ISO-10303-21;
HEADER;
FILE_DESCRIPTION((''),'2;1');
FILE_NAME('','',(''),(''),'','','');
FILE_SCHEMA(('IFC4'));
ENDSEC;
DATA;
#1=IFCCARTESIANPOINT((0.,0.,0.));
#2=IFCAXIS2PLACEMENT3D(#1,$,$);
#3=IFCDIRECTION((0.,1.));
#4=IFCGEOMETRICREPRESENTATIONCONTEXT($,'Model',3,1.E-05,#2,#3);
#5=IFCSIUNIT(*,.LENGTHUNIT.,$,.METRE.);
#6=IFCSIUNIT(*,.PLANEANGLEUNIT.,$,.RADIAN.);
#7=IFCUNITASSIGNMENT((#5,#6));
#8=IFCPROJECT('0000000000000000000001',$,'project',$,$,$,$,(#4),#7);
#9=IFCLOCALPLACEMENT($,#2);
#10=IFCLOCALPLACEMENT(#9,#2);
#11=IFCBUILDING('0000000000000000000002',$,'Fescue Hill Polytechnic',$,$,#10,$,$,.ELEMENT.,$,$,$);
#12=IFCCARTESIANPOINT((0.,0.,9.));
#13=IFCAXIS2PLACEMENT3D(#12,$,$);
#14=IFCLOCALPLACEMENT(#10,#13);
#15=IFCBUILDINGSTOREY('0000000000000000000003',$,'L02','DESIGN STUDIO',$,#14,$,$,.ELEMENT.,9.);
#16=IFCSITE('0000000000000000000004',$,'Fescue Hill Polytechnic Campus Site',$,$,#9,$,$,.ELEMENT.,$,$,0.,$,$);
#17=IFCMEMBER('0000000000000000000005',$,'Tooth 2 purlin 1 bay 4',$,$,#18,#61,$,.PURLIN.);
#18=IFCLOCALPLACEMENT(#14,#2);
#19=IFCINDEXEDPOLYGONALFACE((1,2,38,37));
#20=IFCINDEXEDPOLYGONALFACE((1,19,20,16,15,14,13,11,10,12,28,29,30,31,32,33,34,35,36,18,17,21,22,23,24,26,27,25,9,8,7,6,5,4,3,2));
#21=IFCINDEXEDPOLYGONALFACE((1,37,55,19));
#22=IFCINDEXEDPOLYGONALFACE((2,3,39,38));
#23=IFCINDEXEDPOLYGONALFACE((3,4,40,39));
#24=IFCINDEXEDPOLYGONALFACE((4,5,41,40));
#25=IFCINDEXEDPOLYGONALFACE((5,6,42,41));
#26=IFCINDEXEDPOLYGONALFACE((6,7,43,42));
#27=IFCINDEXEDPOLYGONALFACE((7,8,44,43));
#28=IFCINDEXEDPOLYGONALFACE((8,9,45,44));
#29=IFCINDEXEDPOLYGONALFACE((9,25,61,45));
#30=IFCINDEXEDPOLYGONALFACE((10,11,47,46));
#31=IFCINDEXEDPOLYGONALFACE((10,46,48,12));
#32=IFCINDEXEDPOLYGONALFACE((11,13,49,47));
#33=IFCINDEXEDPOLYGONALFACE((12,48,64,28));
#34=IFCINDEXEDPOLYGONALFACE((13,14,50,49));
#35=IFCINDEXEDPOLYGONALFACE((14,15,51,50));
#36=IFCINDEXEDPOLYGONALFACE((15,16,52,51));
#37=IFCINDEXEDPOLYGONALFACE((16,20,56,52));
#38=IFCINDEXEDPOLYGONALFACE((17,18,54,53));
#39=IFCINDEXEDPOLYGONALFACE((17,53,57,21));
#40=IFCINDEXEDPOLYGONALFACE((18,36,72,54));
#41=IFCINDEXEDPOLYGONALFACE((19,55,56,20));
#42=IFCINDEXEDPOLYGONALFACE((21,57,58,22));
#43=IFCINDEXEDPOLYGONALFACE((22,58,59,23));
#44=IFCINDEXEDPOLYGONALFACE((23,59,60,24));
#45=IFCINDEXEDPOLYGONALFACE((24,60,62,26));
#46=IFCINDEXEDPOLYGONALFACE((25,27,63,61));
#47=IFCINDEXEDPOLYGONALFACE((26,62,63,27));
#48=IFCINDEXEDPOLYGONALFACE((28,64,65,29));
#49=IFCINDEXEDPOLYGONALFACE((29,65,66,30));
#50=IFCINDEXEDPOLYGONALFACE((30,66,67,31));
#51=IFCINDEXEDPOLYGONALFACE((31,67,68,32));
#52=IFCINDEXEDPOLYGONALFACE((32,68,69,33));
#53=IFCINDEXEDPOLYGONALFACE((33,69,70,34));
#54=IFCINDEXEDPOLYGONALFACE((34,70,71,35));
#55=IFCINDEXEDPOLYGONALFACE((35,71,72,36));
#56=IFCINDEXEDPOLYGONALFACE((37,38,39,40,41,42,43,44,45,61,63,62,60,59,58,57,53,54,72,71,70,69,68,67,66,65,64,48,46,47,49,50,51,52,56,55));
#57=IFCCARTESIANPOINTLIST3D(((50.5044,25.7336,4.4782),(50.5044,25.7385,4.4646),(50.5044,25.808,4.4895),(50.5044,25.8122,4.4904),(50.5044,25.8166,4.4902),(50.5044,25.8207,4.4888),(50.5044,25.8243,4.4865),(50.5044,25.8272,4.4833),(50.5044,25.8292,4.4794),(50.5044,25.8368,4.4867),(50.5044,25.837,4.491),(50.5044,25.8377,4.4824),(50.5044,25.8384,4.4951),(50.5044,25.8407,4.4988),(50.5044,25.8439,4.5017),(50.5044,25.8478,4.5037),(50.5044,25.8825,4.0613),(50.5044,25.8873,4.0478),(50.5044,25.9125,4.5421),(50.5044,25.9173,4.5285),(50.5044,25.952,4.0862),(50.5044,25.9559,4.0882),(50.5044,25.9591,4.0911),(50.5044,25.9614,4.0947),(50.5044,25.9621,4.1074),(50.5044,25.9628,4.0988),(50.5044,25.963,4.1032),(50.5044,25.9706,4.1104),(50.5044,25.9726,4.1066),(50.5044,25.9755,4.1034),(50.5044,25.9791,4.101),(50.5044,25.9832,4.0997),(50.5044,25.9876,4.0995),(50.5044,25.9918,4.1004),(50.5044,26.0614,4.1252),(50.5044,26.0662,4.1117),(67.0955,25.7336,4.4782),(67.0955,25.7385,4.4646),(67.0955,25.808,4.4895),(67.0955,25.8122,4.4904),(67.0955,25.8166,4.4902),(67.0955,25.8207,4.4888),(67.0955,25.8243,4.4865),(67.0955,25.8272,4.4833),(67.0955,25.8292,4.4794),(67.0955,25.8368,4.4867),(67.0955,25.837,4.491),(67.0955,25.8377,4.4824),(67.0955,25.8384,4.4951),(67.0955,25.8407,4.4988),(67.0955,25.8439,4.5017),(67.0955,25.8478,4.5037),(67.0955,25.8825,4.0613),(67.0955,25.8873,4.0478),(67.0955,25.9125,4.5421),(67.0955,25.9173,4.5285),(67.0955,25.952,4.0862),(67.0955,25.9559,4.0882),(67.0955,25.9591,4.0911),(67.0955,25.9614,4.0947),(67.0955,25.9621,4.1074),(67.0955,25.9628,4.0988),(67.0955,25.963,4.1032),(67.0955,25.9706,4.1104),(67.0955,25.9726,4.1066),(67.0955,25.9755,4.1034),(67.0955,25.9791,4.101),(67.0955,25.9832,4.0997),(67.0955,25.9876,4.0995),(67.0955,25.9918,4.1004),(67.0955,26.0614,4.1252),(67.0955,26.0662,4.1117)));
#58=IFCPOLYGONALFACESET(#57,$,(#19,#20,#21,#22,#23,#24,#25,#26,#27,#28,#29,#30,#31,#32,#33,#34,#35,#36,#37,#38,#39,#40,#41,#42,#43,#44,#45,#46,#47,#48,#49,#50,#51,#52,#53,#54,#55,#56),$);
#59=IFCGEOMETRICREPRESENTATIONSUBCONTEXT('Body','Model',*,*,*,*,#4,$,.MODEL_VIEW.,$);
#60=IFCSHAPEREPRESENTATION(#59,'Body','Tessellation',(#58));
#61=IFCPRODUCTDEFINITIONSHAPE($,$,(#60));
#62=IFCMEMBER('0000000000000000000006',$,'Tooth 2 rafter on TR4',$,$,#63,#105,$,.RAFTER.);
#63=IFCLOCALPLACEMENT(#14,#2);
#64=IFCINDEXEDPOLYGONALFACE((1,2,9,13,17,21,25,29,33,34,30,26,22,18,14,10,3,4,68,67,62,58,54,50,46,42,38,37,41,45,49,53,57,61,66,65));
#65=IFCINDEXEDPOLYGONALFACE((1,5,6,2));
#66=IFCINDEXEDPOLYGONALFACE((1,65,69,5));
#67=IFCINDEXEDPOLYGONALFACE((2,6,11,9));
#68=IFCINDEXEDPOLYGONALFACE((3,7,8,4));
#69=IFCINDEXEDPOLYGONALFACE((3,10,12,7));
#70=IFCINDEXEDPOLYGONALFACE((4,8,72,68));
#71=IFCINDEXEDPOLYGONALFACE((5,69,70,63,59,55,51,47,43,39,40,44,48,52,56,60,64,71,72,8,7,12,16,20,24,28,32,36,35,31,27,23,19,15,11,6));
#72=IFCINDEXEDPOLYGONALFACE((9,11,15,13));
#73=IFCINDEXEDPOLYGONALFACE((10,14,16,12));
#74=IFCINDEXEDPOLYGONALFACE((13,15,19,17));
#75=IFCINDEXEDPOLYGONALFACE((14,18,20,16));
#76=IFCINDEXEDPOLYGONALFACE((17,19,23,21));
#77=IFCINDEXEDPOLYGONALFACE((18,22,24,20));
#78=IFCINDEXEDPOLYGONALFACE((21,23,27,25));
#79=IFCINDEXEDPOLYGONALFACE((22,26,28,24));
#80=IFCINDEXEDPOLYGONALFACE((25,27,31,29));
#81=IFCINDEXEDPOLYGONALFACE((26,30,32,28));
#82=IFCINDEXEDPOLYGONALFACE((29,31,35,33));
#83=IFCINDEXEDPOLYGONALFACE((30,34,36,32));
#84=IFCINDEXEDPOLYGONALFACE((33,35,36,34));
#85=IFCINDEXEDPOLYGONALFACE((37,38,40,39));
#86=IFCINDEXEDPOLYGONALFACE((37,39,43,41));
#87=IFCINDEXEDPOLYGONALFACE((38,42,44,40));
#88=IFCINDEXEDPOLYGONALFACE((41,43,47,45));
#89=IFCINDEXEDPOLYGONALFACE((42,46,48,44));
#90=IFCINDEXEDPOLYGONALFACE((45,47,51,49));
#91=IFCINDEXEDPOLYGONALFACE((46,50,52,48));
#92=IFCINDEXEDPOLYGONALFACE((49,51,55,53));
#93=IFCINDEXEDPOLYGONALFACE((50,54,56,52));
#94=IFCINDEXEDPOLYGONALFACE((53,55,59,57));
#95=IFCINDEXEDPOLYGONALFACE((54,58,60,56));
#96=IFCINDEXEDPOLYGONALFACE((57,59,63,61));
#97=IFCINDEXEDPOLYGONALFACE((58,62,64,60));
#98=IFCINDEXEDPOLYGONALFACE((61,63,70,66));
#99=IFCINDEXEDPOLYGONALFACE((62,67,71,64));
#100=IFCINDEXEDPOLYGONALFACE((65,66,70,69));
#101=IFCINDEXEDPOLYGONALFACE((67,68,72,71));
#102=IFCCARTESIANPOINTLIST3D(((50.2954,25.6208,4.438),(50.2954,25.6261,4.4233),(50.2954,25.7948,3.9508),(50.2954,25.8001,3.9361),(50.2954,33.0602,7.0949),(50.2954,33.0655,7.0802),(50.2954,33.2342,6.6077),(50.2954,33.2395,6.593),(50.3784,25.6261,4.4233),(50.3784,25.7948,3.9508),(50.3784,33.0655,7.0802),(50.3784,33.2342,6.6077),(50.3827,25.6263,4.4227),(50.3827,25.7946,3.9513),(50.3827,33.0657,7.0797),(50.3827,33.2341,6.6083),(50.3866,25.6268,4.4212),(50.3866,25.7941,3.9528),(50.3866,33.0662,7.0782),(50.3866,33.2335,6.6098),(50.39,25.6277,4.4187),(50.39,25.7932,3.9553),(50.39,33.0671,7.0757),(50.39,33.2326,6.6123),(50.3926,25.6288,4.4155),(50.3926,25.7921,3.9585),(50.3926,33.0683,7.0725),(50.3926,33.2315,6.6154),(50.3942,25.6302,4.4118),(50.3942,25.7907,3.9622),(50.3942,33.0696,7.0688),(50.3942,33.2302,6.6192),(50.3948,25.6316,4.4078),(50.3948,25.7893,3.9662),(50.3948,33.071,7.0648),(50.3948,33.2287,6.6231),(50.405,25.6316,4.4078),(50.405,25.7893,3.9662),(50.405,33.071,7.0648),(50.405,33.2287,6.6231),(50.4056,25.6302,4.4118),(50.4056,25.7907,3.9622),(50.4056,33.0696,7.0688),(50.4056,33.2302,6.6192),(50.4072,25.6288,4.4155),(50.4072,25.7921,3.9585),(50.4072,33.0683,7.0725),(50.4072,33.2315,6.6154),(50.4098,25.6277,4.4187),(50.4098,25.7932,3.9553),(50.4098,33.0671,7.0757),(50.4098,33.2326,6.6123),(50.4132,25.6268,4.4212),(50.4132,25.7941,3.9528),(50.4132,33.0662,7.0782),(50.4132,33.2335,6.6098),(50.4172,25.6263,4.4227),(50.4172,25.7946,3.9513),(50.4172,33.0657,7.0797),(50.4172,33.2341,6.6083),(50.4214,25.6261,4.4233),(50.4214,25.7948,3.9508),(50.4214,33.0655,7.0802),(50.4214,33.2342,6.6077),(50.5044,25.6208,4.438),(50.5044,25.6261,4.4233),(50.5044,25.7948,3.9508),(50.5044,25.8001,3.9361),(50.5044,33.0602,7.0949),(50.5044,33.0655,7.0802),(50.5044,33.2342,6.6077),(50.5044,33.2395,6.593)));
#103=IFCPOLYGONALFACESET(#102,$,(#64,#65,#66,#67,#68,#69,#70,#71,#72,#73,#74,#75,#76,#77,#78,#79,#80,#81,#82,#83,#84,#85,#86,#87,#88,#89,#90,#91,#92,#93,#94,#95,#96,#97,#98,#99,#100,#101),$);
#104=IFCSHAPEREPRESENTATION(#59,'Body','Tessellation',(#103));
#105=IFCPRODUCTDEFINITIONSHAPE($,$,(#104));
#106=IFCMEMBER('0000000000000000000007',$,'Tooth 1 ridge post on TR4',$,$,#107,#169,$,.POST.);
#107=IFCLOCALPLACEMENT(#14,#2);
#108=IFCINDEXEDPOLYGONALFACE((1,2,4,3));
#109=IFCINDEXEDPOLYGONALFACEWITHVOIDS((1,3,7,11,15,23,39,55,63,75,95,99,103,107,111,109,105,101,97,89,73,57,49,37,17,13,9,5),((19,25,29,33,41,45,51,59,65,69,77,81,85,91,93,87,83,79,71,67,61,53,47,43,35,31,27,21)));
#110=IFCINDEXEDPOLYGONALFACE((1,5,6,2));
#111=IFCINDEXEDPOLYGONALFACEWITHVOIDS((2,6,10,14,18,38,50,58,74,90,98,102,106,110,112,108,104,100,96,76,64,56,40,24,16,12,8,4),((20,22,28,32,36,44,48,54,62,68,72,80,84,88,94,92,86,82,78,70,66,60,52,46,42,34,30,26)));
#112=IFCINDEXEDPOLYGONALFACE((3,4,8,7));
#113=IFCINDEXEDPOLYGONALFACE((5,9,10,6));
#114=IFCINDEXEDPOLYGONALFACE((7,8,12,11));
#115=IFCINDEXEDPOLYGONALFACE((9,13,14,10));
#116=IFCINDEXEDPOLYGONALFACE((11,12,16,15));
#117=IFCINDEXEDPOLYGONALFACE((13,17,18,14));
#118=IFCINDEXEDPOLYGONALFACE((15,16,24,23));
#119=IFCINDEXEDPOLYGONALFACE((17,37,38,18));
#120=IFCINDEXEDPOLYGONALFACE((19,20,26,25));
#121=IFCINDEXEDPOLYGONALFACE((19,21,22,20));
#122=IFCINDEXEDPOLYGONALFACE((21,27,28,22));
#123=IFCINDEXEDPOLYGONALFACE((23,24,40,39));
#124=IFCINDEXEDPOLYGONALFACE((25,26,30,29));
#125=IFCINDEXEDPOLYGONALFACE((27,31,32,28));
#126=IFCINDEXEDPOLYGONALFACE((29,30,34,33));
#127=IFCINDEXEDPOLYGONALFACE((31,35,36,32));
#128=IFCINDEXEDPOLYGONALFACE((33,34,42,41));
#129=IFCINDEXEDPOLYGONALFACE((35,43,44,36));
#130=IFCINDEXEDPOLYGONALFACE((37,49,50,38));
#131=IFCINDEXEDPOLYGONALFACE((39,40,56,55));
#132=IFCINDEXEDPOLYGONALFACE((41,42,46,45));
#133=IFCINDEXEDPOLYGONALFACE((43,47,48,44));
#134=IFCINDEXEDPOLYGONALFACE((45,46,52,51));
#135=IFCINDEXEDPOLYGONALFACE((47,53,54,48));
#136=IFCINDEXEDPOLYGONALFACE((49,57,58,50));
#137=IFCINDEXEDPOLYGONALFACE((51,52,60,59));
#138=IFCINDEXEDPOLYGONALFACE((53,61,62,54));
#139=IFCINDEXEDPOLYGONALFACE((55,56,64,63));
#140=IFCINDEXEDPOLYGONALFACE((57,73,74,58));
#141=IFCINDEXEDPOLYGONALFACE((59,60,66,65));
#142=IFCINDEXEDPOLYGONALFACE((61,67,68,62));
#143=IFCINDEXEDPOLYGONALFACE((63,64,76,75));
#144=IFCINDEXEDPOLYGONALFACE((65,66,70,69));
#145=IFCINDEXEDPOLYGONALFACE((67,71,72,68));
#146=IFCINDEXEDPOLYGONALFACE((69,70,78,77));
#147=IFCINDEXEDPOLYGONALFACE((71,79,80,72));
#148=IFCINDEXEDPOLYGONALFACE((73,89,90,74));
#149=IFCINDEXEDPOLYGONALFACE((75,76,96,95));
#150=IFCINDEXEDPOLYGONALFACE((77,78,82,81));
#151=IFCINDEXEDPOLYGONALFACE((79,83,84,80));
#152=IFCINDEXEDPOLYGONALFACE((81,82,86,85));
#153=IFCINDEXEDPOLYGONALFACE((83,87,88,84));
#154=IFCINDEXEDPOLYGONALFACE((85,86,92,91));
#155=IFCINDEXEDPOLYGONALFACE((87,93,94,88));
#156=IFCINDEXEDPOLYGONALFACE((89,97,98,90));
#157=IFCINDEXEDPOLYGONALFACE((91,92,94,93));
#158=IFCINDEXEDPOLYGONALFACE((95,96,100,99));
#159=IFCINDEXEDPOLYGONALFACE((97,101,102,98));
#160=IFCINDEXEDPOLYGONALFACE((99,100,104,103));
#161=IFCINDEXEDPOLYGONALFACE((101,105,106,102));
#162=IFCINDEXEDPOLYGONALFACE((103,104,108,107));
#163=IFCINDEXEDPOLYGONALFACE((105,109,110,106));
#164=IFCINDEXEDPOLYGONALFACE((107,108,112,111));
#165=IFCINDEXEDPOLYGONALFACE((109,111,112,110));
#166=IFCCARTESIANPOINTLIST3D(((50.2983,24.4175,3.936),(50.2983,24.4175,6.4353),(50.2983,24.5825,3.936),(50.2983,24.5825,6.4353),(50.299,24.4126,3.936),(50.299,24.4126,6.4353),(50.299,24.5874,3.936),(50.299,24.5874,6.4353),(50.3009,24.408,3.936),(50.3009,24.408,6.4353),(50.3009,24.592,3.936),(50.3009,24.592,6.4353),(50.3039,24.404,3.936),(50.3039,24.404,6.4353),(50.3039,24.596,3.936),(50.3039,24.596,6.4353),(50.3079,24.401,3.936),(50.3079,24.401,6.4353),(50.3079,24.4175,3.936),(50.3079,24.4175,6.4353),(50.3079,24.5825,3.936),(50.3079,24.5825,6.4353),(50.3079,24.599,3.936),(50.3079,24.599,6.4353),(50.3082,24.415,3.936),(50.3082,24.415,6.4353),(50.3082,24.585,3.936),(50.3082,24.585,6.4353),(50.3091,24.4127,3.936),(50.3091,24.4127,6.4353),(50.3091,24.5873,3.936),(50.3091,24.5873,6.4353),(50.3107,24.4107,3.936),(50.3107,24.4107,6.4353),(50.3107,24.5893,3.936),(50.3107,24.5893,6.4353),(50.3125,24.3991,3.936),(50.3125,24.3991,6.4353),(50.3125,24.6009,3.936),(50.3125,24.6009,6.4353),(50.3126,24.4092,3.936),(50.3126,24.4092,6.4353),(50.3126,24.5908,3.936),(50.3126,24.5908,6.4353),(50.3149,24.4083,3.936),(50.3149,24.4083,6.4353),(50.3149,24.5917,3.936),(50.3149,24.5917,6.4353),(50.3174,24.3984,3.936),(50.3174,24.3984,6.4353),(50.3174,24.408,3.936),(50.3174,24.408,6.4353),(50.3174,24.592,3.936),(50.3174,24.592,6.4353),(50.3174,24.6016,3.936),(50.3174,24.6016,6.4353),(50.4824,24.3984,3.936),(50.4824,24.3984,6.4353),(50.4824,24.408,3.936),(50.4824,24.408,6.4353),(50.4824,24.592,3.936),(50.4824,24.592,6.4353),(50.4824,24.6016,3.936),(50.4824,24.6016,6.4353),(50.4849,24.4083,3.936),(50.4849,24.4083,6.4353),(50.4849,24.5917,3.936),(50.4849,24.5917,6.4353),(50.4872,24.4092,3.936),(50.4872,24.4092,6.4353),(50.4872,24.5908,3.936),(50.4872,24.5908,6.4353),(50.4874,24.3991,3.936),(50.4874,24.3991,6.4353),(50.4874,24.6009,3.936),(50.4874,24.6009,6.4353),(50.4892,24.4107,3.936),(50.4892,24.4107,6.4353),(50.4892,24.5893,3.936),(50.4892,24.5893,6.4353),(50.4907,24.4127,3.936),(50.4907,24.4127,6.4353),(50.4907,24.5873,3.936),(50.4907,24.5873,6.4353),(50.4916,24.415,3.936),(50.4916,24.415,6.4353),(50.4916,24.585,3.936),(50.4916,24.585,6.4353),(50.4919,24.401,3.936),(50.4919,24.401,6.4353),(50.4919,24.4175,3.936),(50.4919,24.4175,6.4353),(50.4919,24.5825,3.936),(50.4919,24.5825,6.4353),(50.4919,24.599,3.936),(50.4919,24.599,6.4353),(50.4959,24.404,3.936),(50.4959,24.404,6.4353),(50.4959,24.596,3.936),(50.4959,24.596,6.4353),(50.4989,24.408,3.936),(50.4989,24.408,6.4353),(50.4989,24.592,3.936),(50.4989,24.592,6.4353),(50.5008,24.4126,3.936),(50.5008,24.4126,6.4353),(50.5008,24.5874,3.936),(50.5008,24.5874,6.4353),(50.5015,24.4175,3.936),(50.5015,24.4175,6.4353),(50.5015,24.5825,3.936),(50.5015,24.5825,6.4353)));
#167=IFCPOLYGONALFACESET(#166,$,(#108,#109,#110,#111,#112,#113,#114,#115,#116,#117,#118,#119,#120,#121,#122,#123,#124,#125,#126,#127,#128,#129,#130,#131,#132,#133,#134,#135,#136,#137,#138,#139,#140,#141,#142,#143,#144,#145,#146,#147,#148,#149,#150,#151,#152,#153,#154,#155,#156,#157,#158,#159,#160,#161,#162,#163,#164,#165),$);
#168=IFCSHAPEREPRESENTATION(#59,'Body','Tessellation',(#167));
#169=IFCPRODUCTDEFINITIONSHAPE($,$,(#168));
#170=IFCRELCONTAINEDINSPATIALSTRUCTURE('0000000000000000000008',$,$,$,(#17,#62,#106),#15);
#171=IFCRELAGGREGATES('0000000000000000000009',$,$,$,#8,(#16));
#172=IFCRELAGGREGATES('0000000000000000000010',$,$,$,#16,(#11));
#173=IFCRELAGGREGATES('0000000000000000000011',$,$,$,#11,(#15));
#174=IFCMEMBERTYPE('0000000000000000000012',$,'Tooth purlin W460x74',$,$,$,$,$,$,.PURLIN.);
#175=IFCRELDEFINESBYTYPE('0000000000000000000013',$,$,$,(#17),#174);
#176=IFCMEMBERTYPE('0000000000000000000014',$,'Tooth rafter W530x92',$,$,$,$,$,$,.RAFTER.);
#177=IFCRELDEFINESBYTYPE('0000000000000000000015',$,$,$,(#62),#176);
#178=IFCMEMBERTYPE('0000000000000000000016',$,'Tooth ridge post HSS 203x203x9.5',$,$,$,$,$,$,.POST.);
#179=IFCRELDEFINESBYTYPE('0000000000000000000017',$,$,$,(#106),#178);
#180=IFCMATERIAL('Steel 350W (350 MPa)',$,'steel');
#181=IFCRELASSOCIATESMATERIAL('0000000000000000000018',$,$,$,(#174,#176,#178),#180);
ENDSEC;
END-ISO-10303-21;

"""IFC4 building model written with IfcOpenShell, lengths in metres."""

from ifc_helpers import new_model, si_unit, direction, frame, origin, origin_2d, place, context, subcontext, project, spatial, hollow_rectangle, i_section, extrude, material, material_profile, profile_set, type_object, element, save


model = new_model("IFC4")

# Units and contexts
model_context = context("Model", 3, precision=1e-05, world=origin(), true_north=direction((0.0, 1.0)))
body_context = subcontext(model_context, "Body", "Model", "MODEL_VIEW")
ifc_project = project(units=[si_unit("LENGTHUNIT", "METRE"), si_unit("PLANEANGLEUNIT", "RADIAN")], contexts=[model_context])

# Site, building, storey
site_placement = place(None, origin())
site = spatial("IfcSite", under=ifc_project, at=site_placement, Name="Fescue Hill Polytechnic Campus Site", CompositionType="ELEMENT", RefElevation=0.0)
building_placement = place(site_placement, origin())
building = spatial("IfcBuilding", under=site, at=building_placement, Name="Fescue Hill Polytechnic", CompositionType="ELEMENT")
storey_placement = place(building_placement, frame((0.0, 0.0, 9.0)))
storey = spatial("IfcBuildingStorey", under=building, at=storey_placement, Name="L02", Description="DESIGN STUDIO", CompositionType="ELEMENT", Elevation=9.0)

# Members
ifc_material = material(Name="Steel 350W (350 MPa)", Category="steel")
ifc_material_profile_1 = material_profile(ifc_material, i_section(OverallWidth=0.1899, OverallDepth=0.457, WebThickness=0.009, FlangeThickness=0.0144, FilletRadius=0.0166, at=origin_2d()), Name="W460x74")
ifc_profile_set_1 = profile_set([ifc_material_profile_1], Name="Steel 350W (350 MPa)")
member_type_1 = type_object("IfcMemberType", Name="Tooth purlin W460x74", PredefinedType="PURLIN", material=ifc_profile_set_1)
member_1_placement = place(storey_placement, frame((50.5044, 25.8999, 4.2949), z_axis=(1.0, 0.0, 0.0), x_axis=(0.0, 0.941742, 0.336336)))
element("IfcMember", 1, at=member_1_placement, inside=storey, type_object=member_type_1, Name="Tooth 2 purlin 1 bay 4", PredefinedType="PURLIN", context=body_context, shape_type="SweptSolid", body=[
    extrude(i_section(OverallWidth=0.1899, OverallDepth=0.457, WebThickness=0.009, FlangeThickness=0.0144, FilletRadius=0.0166, at=origin_2d()), origin(), (0.0, 0.0, 1.0), 16.5911),
])
ifc_material_profile_2 = material_profile(ifc_material, i_section(OverallWidth=0.209, OverallDepth=0.533, WebThickness=0.0103, FlangeThickness=0.0156, FilletRadius=0.0164, at=origin_2d()), Name="W530x92")
ifc_profile_set_2 = profile_set([ifc_material_profile_2], Name="Steel 350W (350 MPa)")
member_type_2 = type_object("IfcMemberType", Name="Tooth rafter W530x92", PredefinedType="RAFTER", material=ifc_profile_set_2)
member_2_placement = place(storey_placement, frame((50.3999, 25.7104, 4.187), z_axis=(0.0, 0.941741, 0.33634), x_axis=(-1.0, 0.0, 0.0)))
element("IfcMember", 2, at=member_2_placement, inside=storey, type_object=member_type_2, Name="Tooth 2 rafter on TR4", PredefinedType="RAFTER", context=body_context, shape_type="SweptSolid", body=[
    extrude(i_section(OverallWidth=0.209, OverallDepth=0.533, WebThickness=0.0103, FlangeThickness=0.0156, FilletRadius=0.0164, at=origin_2d()), origin(), (0.0, 0.0, 1.0), 7.8997),
])
ifc_material_profile_3 = material_profile(ifc_material, hollow_rectangle(XDim=0.2031, YDim=0.2031, WallThickness=0.0095, InnerFilletRadius=0.0095, OuterFilletRadius=0.019, at=origin_2d()), Name="Tooth ridge post HSS 203x203x9.5")
ifc_profile_set_3 = profile_set([ifc_material_profile_3], Name="Steel 350W (350 MPa)")
member_type_3 = type_object("IfcMemberType", Name="Tooth ridge post HSS 203x203x9.5", PredefinedType="POST", material=ifc_profile_set_3)
for number, where, z_axis, x_axis, name in (
    (3, (50.3999, 24.5, 3.936), (0.0, 0.0, 1.0), (1.0, 0.0, 0.0), "Tooth 1 ridge post on TR4"),
):
    element("IfcMember", number, at=place(storey_placement, frame(where, z_axis=z_axis, x_axis=x_axis)), inside=storey, type_object=member_type_3, Name=name, PredefinedType="POST", context=body_context, shape_type="SweptSolid", body=[
        extrude(hollow_rectangle(XDim=0.2031, YDim=0.2031, WallThickness=0.0095, InnerFilletRadius=0.0095, OuterFilletRadius=0.019, at=origin_2d()), origin(), (0.0, 0.0, 1.0), 2.4993),
    ])

save(model, "model.ifc")
